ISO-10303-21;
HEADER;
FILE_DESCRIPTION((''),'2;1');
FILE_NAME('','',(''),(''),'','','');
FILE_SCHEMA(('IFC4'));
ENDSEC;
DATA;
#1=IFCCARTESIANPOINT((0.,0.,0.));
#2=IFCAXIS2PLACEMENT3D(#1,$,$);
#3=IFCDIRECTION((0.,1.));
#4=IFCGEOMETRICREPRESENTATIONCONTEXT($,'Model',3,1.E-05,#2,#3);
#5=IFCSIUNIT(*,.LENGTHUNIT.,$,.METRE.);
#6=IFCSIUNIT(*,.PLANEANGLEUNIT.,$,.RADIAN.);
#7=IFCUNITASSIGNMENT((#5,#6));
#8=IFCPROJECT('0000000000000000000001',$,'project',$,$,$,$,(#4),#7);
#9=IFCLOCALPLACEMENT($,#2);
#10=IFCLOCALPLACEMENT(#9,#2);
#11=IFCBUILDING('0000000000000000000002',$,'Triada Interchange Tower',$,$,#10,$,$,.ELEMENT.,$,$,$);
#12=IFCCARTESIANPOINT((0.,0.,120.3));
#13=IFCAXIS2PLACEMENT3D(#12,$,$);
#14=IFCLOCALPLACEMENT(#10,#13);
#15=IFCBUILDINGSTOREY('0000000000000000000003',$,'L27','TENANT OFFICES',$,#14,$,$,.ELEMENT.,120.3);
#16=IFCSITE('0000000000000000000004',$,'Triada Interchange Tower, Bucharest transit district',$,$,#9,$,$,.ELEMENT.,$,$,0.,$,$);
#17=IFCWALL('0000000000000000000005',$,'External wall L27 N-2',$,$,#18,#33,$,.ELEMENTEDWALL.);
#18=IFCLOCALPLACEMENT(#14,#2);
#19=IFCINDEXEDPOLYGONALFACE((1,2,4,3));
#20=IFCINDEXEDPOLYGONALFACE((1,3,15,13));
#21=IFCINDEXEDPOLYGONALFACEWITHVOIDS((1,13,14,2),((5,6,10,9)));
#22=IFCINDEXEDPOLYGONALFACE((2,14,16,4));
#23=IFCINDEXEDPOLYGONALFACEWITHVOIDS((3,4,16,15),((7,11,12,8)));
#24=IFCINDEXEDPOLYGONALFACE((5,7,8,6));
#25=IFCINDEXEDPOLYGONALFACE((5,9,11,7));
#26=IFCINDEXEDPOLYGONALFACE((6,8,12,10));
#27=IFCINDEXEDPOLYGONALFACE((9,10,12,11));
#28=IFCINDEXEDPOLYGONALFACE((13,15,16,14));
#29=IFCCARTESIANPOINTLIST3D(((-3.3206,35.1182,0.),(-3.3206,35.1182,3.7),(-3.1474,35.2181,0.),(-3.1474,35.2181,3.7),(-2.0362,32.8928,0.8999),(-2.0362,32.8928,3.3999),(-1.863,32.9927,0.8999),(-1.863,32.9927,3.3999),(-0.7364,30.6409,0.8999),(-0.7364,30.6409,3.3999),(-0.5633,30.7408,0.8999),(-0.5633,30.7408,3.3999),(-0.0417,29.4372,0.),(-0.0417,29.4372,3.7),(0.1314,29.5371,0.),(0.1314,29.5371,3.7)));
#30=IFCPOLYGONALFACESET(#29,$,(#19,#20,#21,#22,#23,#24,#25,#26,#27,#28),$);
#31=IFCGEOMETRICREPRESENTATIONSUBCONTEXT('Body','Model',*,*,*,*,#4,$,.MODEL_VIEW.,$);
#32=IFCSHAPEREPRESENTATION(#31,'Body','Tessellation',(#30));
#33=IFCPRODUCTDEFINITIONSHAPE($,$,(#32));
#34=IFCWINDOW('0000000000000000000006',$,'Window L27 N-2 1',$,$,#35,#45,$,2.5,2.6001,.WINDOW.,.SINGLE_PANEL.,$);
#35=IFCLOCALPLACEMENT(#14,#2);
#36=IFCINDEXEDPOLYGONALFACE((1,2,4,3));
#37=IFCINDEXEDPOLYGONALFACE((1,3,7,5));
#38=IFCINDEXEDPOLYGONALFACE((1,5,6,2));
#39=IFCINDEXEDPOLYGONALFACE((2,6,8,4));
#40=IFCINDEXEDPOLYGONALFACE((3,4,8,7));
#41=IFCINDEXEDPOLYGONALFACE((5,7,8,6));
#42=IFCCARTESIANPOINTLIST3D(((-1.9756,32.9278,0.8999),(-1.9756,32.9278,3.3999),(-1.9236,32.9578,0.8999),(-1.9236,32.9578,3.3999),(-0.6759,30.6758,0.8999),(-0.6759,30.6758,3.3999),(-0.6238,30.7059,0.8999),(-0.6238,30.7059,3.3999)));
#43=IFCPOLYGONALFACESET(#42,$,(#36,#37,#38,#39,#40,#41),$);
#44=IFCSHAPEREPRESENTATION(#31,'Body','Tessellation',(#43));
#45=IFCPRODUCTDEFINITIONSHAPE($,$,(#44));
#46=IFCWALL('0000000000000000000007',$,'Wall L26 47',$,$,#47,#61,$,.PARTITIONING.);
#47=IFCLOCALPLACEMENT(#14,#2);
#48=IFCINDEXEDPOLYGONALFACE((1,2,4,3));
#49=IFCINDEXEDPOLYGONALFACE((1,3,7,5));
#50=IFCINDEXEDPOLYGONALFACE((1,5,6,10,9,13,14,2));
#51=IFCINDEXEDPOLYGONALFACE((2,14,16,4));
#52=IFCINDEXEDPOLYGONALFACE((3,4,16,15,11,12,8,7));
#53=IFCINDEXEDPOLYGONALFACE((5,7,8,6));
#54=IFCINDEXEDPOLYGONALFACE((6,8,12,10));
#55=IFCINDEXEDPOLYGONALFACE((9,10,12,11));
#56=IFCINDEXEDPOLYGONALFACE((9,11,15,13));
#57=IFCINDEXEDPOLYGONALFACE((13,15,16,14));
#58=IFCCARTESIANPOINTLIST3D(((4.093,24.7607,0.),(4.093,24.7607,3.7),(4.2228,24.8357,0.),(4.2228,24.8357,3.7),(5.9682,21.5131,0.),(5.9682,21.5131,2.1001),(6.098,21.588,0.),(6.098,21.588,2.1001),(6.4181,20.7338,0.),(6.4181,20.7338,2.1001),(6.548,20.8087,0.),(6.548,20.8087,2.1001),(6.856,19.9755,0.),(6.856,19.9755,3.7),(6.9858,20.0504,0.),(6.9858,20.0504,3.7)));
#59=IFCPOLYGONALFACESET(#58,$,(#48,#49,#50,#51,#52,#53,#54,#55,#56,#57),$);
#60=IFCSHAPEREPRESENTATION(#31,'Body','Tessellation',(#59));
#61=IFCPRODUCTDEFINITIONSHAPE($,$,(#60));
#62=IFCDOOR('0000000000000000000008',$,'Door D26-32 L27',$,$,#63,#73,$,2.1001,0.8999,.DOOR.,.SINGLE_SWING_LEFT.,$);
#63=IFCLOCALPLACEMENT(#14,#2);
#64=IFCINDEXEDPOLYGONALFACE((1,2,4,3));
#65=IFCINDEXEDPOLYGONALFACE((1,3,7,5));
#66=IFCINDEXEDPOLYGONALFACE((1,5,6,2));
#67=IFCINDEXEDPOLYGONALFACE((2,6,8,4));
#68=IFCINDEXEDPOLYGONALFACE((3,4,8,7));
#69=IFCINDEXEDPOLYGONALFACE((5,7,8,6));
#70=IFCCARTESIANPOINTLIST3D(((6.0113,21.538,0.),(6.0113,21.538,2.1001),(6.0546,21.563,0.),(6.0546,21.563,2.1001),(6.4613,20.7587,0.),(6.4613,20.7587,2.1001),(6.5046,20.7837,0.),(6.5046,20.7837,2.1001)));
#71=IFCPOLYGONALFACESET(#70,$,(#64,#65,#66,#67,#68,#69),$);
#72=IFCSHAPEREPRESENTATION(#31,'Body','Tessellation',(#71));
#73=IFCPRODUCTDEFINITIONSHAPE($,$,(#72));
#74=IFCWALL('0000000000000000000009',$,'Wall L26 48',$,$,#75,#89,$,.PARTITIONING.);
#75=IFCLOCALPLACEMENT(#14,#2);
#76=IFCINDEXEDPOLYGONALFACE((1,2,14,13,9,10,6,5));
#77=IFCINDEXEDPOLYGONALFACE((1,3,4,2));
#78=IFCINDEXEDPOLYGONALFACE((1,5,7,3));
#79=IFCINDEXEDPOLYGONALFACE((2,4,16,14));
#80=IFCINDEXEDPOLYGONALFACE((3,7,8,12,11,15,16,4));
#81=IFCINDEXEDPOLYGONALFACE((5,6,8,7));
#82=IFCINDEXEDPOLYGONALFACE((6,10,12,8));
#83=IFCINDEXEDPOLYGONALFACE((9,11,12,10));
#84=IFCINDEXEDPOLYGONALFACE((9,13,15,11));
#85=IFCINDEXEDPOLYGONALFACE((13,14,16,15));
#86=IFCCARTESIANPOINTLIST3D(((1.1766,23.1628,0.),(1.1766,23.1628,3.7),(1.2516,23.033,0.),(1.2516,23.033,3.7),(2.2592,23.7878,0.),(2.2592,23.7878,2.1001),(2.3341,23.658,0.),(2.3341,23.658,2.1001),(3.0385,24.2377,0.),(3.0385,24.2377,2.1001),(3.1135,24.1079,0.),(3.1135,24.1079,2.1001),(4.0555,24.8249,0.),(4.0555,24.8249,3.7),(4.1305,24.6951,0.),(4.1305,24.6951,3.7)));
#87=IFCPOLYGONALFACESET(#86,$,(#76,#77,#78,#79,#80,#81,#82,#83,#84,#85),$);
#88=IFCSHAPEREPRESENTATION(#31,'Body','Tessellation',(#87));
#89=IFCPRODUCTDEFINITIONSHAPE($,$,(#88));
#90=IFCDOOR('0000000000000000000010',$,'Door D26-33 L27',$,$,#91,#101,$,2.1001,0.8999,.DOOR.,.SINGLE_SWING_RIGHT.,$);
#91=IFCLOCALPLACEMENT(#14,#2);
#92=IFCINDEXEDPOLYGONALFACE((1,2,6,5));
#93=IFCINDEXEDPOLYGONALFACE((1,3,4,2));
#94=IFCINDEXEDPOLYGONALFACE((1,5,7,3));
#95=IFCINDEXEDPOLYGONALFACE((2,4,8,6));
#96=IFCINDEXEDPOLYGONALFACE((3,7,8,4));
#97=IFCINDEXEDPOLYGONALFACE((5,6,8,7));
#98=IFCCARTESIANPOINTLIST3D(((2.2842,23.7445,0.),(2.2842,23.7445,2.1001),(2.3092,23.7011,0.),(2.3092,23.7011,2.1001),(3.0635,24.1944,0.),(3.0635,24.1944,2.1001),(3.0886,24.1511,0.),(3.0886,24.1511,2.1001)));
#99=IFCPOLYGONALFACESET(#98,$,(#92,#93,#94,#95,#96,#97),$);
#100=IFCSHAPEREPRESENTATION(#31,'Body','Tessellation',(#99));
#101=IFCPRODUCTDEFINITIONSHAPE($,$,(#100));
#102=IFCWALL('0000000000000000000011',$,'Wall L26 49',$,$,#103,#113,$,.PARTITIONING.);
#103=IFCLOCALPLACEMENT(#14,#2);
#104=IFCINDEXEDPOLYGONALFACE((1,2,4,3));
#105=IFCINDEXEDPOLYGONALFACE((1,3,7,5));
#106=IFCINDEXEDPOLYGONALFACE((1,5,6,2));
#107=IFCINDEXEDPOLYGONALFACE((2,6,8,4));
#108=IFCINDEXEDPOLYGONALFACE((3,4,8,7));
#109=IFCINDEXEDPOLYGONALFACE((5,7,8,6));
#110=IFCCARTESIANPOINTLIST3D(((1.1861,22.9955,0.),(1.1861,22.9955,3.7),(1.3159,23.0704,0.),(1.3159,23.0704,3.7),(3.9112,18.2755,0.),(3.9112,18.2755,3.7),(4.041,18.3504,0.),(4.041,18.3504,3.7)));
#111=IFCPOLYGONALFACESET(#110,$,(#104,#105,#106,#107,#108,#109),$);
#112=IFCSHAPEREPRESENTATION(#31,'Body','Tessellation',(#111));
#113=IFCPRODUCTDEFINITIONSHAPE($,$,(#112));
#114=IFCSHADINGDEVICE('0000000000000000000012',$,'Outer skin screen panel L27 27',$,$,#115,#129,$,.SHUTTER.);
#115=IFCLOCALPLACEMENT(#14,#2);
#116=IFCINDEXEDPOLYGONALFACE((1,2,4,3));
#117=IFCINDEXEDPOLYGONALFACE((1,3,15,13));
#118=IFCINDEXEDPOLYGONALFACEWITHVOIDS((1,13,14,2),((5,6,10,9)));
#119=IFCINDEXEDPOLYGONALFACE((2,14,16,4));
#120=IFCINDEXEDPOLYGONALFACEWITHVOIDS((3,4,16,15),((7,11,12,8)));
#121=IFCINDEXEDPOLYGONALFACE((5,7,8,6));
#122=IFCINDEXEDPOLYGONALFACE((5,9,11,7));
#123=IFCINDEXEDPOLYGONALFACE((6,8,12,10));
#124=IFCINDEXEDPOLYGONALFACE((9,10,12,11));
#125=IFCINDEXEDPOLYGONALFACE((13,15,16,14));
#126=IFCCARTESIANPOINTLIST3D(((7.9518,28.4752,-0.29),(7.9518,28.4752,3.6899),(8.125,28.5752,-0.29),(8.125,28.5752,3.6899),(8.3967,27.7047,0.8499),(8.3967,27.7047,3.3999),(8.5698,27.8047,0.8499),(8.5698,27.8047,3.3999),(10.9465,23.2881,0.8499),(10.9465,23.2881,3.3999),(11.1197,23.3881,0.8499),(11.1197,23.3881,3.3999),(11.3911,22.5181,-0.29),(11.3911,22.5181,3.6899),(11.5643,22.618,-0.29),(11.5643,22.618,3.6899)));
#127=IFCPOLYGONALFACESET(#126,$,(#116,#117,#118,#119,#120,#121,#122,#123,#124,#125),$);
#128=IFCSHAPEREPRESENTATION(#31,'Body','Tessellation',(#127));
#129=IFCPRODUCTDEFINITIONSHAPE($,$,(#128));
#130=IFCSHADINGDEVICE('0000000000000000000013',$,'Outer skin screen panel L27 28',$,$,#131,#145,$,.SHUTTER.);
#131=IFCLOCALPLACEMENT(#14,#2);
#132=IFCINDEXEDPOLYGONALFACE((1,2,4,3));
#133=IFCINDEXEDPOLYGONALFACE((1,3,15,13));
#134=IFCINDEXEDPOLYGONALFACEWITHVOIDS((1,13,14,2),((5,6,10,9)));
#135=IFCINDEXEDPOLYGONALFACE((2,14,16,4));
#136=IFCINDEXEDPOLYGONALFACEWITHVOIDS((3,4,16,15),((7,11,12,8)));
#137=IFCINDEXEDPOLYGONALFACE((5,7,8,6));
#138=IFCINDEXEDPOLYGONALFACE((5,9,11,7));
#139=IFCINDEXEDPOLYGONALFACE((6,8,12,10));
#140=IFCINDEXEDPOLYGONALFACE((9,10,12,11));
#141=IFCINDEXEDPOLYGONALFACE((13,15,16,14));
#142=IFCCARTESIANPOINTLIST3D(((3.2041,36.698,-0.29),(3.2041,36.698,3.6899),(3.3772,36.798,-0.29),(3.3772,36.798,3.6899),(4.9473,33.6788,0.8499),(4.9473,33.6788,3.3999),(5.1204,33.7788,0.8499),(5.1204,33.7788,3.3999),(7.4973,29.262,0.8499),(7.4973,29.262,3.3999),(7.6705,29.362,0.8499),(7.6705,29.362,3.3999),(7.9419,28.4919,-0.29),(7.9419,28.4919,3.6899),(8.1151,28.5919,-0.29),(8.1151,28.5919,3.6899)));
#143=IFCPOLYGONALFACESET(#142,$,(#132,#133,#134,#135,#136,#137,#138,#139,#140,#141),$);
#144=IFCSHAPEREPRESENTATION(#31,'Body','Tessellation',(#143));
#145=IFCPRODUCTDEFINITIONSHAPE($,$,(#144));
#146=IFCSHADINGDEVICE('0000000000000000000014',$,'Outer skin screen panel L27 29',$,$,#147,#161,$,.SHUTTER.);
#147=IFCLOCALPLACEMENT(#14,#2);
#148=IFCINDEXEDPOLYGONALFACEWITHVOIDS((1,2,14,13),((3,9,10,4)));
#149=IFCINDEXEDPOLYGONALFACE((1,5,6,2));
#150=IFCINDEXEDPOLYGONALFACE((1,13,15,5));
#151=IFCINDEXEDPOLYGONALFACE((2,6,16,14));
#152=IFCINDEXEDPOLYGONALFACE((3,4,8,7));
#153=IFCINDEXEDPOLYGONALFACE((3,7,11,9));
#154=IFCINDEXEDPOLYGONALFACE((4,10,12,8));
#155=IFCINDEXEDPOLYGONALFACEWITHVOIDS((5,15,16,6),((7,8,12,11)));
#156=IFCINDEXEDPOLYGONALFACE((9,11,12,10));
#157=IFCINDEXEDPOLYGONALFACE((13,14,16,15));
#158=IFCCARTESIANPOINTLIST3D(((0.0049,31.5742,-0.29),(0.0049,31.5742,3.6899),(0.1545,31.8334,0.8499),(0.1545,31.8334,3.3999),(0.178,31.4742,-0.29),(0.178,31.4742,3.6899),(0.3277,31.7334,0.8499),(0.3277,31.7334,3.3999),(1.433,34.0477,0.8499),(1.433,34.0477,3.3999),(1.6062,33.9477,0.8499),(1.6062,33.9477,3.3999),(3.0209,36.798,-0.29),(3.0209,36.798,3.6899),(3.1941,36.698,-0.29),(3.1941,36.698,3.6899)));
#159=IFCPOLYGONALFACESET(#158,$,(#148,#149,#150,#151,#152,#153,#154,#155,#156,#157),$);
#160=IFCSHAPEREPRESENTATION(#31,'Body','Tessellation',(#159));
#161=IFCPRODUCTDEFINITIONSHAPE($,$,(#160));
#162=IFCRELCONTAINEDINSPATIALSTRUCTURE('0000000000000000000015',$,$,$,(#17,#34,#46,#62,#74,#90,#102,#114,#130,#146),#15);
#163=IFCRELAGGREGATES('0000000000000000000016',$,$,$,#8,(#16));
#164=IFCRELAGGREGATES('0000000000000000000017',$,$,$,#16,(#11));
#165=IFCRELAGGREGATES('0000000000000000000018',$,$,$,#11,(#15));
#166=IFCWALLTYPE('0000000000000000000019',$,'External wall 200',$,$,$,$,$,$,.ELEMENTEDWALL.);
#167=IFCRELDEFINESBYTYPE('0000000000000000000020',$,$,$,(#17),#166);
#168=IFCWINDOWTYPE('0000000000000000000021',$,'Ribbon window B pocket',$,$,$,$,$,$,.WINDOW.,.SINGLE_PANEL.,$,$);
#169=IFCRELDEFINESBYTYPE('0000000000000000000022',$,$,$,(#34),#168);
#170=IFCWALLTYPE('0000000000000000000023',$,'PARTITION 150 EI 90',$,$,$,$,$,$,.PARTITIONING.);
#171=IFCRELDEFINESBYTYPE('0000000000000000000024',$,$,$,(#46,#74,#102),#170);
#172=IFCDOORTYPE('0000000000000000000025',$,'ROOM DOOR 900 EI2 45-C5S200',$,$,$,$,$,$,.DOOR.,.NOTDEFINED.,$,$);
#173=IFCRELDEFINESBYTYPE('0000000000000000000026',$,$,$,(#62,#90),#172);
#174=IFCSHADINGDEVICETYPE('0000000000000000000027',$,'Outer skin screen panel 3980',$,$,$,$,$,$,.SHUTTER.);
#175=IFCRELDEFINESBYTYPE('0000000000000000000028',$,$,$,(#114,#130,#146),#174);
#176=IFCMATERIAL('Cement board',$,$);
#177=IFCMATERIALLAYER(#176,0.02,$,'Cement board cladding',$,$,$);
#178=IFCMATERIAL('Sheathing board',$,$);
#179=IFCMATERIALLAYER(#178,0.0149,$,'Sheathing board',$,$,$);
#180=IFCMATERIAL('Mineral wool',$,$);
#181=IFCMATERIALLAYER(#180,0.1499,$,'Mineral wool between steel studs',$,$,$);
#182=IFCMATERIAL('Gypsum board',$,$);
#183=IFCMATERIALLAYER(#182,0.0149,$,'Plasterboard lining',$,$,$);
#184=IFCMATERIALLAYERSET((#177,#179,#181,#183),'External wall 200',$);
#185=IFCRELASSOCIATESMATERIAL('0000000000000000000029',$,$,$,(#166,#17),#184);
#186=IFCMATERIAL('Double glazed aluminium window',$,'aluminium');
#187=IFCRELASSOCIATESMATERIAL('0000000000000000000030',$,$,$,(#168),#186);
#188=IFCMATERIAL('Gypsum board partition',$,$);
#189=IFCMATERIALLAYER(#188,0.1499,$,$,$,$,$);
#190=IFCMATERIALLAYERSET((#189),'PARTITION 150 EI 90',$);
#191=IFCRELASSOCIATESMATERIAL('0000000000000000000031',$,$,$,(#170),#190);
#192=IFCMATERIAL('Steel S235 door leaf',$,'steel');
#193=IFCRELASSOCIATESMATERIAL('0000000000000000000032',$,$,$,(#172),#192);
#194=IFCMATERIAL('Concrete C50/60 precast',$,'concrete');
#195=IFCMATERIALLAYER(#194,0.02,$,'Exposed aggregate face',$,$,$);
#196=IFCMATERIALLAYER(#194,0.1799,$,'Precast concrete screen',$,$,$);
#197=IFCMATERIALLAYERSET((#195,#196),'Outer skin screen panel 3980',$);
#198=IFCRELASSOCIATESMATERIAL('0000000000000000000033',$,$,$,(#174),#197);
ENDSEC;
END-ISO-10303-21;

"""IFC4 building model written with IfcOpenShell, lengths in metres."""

from ifc_helpers import new_model, si_unit, direction, frame, frame_2d, origin, place, context, subcontext, project, spatial, polyline, rectangle, outline, extrude, material, layer, layer_set, layer_usage, type_object, element, fill, save


model = new_model("IFC4")

# Units and contexts
model_context = context("Model", 3, precision=1e-05, world=origin(), true_north=direction((0.0, 1.0)))
body_context = subcontext(model_context, "Body", "Model", "MODEL_VIEW")
ifc_project = project(units=[si_unit("LENGTHUNIT", "METRE"), si_unit("PLANEANGLEUNIT", "RADIAN")], contexts=[model_context])

# Site, building, storey
site_placement = place(None, origin())
site = spatial("IfcSite", under=ifc_project, at=site_placement, Name="Triada Interchange Tower, Bucharest transit district", CompositionType="ELEMENT", RefElevation=0.0)
building_placement = place(site_placement, origin())
building = spatial("IfcBuilding", under=site, at=building_placement, Name="Triada Interchange Tower", CompositionType="ELEMENT")
storey_placement = place(building_placement, frame((0.0, 0.0, 120.3)))
storey = spatial("IfcBuildingStorey", under=building, at=storey_placement, Name="L27", Description="TENANT OFFICES", CompositionType="ELEMENT", Elevation=120.3)

# Wall, opening, window
ifc_material_1 = material(Name="Cement board")
ifc_layer_1 = layer(ifc_material_1, 0.02, Name="Cement board cladding")
ifc_material_2 = material(Name="Sheathing board")
ifc_layer_2 = layer(ifc_material_2, 0.0149, Name="Sheathing board")
ifc_material_3 = material(Name="Mineral wool")
ifc_layer_3 = layer(ifc_material_3, 0.1499, Name="Mineral wool between steel studs")
ifc_material_4 = material(Name="Gypsum board")
ifc_layer_4 = layer(ifc_material_4, 0.0149, Name="Plasterboard lining")
ifc_layer_set_1 = layer_set([ifc_layer_1, ifc_layer_2, ifc_layer_3, ifc_layer_4], Name="External wall 200")
ifc_layer_usage = layer_usage(ifc_layer_set_1, "AXIS2", "POSITIVE", -0.1001)
wall_type_1 = type_object("IfcWallType", Name="External wall 200", PredefinedType="ELEMENTEDWALL", material=ifc_layer_set_1)
ifc_material_5 = material(Name="Double glazed aluminium window", Category="aluminium")
window_type = type_object("IfcWindowType", Name="Ribbon window B pocket", PartitioningType="SINGLE_PANEL", PredefinedType="WINDOW", material=ifc_material_5)
wall_1_placement = place(storey_placement, frame((0.0449, 29.4871, 0.0), z_axis=(0.0, 0.0, 1.0), x_axis=(-0.499878, 0.866096, 0.0)))
wall_1 = element("IfcWall", 1, at=wall_1_placement, inside=storey, type_object=wall_type_1, material=ifc_layer_usage, Name="External wall L27 N-2", PredefinedType="ELEMENTEDWALL", context=body_context, shape_type="SweptSolid", body=[
    extrude(rectangle(XDim=6.5593, YDim=0.2, at=frame_2d((3.2798, 0.0))), origin(), (0.0, 0.0, 1.0), 3.7),
])
opening_1_placement = place(wall_1_placement, frame((1.3899, 0.0, 0.8999)))
opening_1 = element("IfcOpeningElement", 2, at=opening_1_placement, cuts=wall_1, PredefinedType="OPENING", context=body_context, shape_type="SweptSolid", body=[
    extrude(rectangle(XDim=2.6001, YDim=2.5, at=frame_2d((1.3, 1.25))), frame((0.0, 0.1099, 0.0), z_axis=(0.0, -1.0, 0.0), x_axis=(1.0, 0.0, 0.0)), (0.0, 0.0, 1.0), 0.22),
])
window_1_placement = place(opening_1_placement, origin())
window_1 = element("IfcWindow", 3, at=window_1_placement, inside=storey, type_object=window_type, Name="Window L27 N-2 1", OverallHeight=2.5, OverallWidth=2.6001, PartitioningType="SINGLE_PANEL", PredefinedType="WINDOW", context=body_context, shape_type="SweptSolid", body=[
    extrude(rectangle(XDim=2.6001, YDim=2.5, at=frame_2d((1.3, 1.25))), frame((0.0, 0.03, 0.0), z_axis=(0.0, -1.0, 0.0), x_axis=(1.0, 0.0, 0.0)), (0.0, 0.0, 1.0), 0.0601),
])
fill(opening_1, window_1)

# Walls, openings, doors
ifc_material_6 = material(Name="Gypsum board partition")
ifc_layer_5 = layer(ifc_material_6, 0.1499)
ifc_layer_set_2 = layer_set([ifc_layer_5], Name="PARTITION 150 EI 90")
wall_type_2 = type_object("IfcWallType", Name="PARTITION 150 EI 90", PredefinedType="PARTITIONING", material=ifc_layer_set_2)
wall_2_placement = place(storey_placement, frame((4.158, 24.7981, 0.0), z_axis=(0.0, 0.0, 1.0), x_axis=(0.500031, -0.866008, 0.0)))
wall_2 = element("IfcWall", 4, at=wall_2_placement, inside=storey, type_object=wall_type_2, Name="Wall L26 47", PredefinedType="PARTITIONING", context=body_context, shape_type="SweptSolid", body=[
    extrude(rectangle(XDim=5.5256, YDim=0.1499, at=frame_2d((2.7627, 0.0))), origin(), (0.0, 0.0, 1.0), 3.7),
])
opening_2_placement = place(wall_2_placement, frame((3.75, 0.0, 0.0)))
opening_2 = element("IfcOpeningElement", 5, at=opening_2_placement, cuts=wall_2, PredefinedType="OPENING", context=body_context, shape_type="SweptSolid", body=[
    extrude(rectangle(XDim=0.8999, YDim=2.1001, at=frame_2d((0.45, 1.05))), frame((0.0, 0.085, 0.0), z_axis=(0.0, -1.0, 0.0), x_axis=(1.0, 0.0, 0.0)), (0.0, 0.0, 1.0), 0.1699),
])
ifc_material_7 = material(Name="Steel S235 door leaf", Category="steel")
door_type = type_object("IfcDoorType", Name="ROOM DOOR 900 EI2 45-C5S200", OperationType="NOTDEFINED", PredefinedType="DOOR", material=ifc_material_7)
door_1_placement = place(opening_2_placement, origin())
door_1 = element("IfcDoor", 6, at=door_1_placement, inside=storey, type_object=door_type, Name="Door D26-32 L27", OperationType="SINGLE_SWING_LEFT", OverallHeight=2.1001, OverallWidth=0.8999, PredefinedType="DOOR", context=body_context, shape_type="SweptSolid", body=[
    extrude(rectangle(XDim=0.8999, YDim=2.1001, at=frame_2d((0.45, 1.05))), frame((0.0, 0.0249, 0.0), z_axis=(0.0, -1.0, 0.0), x_axis=(1.0, 0.0, 0.0)), (0.0, 0.0, 1.0), 0.05),
])
fill(opening_2, door_1)
wall_3_placement = place(storey_placement, frame((1.2141, 23.0979, 0.0), z_axis=(0.0, 0.0, 1.0), x_axis=(0.866029, 0.499994, 0.0)))
wall_3 = element("IfcWall", 7, at=wall_3_placement, inside=storey, type_object=wall_type_2, Name="Wall L26 48", PredefinedType="PARTITIONING", context=body_context, shape_type="SweptSolid", body=[
    extrude(rectangle(XDim=3.3242, YDim=0.1499, at=frame_2d((1.6621, 0.0))), origin(), (0.0, 0.0, 1.0), 3.7),
])
opening_3_placement = place(wall_3_placement, frame((1.25, 0.0, 0.0)))
opening_3 = element("IfcOpeningElement", 8, at=opening_3_placement, cuts=wall_3, PredefinedType="OPENING", context=body_context, shape_type="SweptSolid", body=[
    extrude(rectangle(XDim=0.8999, YDim=2.1001, at=frame_2d((0.45, 1.05))), frame((0.0, 0.085, 0.0), z_axis=(0.0, -1.0, 0.0), x_axis=(1.0, 0.0, 0.0)), (0.0, 0.0, 1.0), 0.1699),
])
door_2_placement = place(opening_3_placement, origin())
door_2 = element("IfcDoor", 9, at=door_2_placement, inside=storey, type_object=door_type, Name="Door D26-33 L27", OperationType="SINGLE_SWING_RIGHT", OverallHeight=2.1001, OverallWidth=0.8999, PredefinedType="DOOR", context=body_context, shape_type="SweptSolid", body=[
    extrude(rectangle(XDim=0.8999, YDim=2.1001, at=frame_2d((0.45, 1.05))), frame((0.0, 0.0249, 0.0), z_axis=(0.0, -1.0, 0.0), x_axis=(1.0, 0.0, 0.0)), (0.0, 0.0, 1.0), 0.05),
])
fill(opening_3, door_2)

# Wall
wall_4_placement = place(storey_placement, frame((1.251, 23.033, 0.0), z_axis=(0.0, 0.0, 1.0), x_axis=(0.500003, -0.866024, 0.0)))
element("IfcWall", 10, at=wall_4_placement, inside=storey, type_object=wall_type_2, Name="Wall L26 49", PredefinedType="PARTITIONING", context=body_context, shape_type="SweptSolid", body=[
    extrude(rectangle(XDim=5.4502, YDim=0.1499, at=frame_2d((2.7251, 0.0))), origin(), (0.0, 0.0, 1.0), 3.7),
])

# Shading devices
ifc_material_8 = material(Name="Concrete C50/60 precast", Category="concrete")
ifc_layer_6 = layer(ifc_material_8, 0.02, Name="Exposed aggregate face")
ifc_layer_7 = layer(ifc_material_8, 0.1799, Name="Precast concrete screen")
ifc_layer_set_3 = layer_set([ifc_layer_6, ifc_layer_7], Name="Outer skin screen panel 3980")
shading_device_type = type_object("IfcShadingDeviceType", Name="Outer skin screen panel 3980", PredefinedType="SHUTTER", material=ifc_layer_set_3)
shading_device_1_placement = place(storey_placement, frame((11.3911, 22.5181, -0.29), z_axis=(0.0, 0.0, 1.0), x_axis=(-0.499991, 0.866031, 0.0)))
element("IfcShadingDevice", 11, at=shading_device_1_placement, inside=storey, type_object=shading_device_type, Name="Outer skin screen panel L27 27", PredefinedType="SHUTTER", context=body_context, shape_type="SweptSolid", body=[
    extrude(outline(polyline([(0.0, 0.0), (6.8787, 0.0), (6.8787, 3.98), (0.0, 3.98), (0.0, 0.0)]), holes=[polyline([(0.8892, 1.1399), (0.8892, 3.6899), (5.989, 3.6899), (5.989, 1.1399), (0.8892, 1.1399)])]), frame((0.0, 0.0, 0.0), z_axis=(0.0, -1.0, 0.0), x_axis=(1.0, 0.0, 0.0)), (0.0, 0.0, 1.0), 0.2),
])
shading_device_2_placement = place(storey_placement, frame((7.9419, 28.4919, -0.29), z_axis=(0.0, 0.0, 1.0), x_axis=(-0.500002, 0.866024, 0.0)))
element("IfcShadingDevice", 12, at=shading_device_2_placement, inside=storey, type_object=shading_device_type, Name="Outer skin screen panel L27 28", PredefinedType="SHUTTER", context=body_context, shape_type="SweptSolid", body=[
    extrude(outline(polyline([(0.0, 0.0), (9.4756, 0.0), (9.4756, 3.98), (0.0, 3.98), (0.0, 0.0)]), holes=[polyline([(0.8892, 1.1399), (0.8892, 3.6899), (5.9893, 3.6899), (5.9893, 1.1399), (0.8892, 1.1399)])]), frame((0.0, 0.0, 0.0), z_axis=(0.0, -1.0, 0.0), x_axis=(1.0, 0.0, 0.0)), (0.0, 0.0, 1.0), 0.2),
])
shading_device_3_placement = place(storey_placement, frame((3.1941, 36.698, -0.29), z_axis=(0.0, 0.0, 1.0), x_axis=(-0.500013, -0.866018, 0.0)))
element("IfcShadingDevice", 13, at=shading_device_3_placement, inside=storey, type_object=shading_device_type, Name="Outer skin screen panel L27 29", PredefinedType="SHUTTER", context=body_context, shape_type="SweptSolid", body=[
    extrude(outline(polyline([(0.0, 0.0), (6.032, 0.0), (6.032, 3.98), (0.0, 3.98), (0.0, 0.0)]), holes=[polyline([(3.1758, 1.1399), (3.1758, 3.6899), (5.7327, 3.6899), (5.7327, 1.1399), (3.1758, 1.1399)])]), frame((0.0, 0.0, 0.0), z_axis=(0.0, -1.0, 0.0), x_axis=(1.0, 0.0, 0.0)), (0.0, 0.0, 1.0), 0.2),
])

save(model, "model.ifc")
